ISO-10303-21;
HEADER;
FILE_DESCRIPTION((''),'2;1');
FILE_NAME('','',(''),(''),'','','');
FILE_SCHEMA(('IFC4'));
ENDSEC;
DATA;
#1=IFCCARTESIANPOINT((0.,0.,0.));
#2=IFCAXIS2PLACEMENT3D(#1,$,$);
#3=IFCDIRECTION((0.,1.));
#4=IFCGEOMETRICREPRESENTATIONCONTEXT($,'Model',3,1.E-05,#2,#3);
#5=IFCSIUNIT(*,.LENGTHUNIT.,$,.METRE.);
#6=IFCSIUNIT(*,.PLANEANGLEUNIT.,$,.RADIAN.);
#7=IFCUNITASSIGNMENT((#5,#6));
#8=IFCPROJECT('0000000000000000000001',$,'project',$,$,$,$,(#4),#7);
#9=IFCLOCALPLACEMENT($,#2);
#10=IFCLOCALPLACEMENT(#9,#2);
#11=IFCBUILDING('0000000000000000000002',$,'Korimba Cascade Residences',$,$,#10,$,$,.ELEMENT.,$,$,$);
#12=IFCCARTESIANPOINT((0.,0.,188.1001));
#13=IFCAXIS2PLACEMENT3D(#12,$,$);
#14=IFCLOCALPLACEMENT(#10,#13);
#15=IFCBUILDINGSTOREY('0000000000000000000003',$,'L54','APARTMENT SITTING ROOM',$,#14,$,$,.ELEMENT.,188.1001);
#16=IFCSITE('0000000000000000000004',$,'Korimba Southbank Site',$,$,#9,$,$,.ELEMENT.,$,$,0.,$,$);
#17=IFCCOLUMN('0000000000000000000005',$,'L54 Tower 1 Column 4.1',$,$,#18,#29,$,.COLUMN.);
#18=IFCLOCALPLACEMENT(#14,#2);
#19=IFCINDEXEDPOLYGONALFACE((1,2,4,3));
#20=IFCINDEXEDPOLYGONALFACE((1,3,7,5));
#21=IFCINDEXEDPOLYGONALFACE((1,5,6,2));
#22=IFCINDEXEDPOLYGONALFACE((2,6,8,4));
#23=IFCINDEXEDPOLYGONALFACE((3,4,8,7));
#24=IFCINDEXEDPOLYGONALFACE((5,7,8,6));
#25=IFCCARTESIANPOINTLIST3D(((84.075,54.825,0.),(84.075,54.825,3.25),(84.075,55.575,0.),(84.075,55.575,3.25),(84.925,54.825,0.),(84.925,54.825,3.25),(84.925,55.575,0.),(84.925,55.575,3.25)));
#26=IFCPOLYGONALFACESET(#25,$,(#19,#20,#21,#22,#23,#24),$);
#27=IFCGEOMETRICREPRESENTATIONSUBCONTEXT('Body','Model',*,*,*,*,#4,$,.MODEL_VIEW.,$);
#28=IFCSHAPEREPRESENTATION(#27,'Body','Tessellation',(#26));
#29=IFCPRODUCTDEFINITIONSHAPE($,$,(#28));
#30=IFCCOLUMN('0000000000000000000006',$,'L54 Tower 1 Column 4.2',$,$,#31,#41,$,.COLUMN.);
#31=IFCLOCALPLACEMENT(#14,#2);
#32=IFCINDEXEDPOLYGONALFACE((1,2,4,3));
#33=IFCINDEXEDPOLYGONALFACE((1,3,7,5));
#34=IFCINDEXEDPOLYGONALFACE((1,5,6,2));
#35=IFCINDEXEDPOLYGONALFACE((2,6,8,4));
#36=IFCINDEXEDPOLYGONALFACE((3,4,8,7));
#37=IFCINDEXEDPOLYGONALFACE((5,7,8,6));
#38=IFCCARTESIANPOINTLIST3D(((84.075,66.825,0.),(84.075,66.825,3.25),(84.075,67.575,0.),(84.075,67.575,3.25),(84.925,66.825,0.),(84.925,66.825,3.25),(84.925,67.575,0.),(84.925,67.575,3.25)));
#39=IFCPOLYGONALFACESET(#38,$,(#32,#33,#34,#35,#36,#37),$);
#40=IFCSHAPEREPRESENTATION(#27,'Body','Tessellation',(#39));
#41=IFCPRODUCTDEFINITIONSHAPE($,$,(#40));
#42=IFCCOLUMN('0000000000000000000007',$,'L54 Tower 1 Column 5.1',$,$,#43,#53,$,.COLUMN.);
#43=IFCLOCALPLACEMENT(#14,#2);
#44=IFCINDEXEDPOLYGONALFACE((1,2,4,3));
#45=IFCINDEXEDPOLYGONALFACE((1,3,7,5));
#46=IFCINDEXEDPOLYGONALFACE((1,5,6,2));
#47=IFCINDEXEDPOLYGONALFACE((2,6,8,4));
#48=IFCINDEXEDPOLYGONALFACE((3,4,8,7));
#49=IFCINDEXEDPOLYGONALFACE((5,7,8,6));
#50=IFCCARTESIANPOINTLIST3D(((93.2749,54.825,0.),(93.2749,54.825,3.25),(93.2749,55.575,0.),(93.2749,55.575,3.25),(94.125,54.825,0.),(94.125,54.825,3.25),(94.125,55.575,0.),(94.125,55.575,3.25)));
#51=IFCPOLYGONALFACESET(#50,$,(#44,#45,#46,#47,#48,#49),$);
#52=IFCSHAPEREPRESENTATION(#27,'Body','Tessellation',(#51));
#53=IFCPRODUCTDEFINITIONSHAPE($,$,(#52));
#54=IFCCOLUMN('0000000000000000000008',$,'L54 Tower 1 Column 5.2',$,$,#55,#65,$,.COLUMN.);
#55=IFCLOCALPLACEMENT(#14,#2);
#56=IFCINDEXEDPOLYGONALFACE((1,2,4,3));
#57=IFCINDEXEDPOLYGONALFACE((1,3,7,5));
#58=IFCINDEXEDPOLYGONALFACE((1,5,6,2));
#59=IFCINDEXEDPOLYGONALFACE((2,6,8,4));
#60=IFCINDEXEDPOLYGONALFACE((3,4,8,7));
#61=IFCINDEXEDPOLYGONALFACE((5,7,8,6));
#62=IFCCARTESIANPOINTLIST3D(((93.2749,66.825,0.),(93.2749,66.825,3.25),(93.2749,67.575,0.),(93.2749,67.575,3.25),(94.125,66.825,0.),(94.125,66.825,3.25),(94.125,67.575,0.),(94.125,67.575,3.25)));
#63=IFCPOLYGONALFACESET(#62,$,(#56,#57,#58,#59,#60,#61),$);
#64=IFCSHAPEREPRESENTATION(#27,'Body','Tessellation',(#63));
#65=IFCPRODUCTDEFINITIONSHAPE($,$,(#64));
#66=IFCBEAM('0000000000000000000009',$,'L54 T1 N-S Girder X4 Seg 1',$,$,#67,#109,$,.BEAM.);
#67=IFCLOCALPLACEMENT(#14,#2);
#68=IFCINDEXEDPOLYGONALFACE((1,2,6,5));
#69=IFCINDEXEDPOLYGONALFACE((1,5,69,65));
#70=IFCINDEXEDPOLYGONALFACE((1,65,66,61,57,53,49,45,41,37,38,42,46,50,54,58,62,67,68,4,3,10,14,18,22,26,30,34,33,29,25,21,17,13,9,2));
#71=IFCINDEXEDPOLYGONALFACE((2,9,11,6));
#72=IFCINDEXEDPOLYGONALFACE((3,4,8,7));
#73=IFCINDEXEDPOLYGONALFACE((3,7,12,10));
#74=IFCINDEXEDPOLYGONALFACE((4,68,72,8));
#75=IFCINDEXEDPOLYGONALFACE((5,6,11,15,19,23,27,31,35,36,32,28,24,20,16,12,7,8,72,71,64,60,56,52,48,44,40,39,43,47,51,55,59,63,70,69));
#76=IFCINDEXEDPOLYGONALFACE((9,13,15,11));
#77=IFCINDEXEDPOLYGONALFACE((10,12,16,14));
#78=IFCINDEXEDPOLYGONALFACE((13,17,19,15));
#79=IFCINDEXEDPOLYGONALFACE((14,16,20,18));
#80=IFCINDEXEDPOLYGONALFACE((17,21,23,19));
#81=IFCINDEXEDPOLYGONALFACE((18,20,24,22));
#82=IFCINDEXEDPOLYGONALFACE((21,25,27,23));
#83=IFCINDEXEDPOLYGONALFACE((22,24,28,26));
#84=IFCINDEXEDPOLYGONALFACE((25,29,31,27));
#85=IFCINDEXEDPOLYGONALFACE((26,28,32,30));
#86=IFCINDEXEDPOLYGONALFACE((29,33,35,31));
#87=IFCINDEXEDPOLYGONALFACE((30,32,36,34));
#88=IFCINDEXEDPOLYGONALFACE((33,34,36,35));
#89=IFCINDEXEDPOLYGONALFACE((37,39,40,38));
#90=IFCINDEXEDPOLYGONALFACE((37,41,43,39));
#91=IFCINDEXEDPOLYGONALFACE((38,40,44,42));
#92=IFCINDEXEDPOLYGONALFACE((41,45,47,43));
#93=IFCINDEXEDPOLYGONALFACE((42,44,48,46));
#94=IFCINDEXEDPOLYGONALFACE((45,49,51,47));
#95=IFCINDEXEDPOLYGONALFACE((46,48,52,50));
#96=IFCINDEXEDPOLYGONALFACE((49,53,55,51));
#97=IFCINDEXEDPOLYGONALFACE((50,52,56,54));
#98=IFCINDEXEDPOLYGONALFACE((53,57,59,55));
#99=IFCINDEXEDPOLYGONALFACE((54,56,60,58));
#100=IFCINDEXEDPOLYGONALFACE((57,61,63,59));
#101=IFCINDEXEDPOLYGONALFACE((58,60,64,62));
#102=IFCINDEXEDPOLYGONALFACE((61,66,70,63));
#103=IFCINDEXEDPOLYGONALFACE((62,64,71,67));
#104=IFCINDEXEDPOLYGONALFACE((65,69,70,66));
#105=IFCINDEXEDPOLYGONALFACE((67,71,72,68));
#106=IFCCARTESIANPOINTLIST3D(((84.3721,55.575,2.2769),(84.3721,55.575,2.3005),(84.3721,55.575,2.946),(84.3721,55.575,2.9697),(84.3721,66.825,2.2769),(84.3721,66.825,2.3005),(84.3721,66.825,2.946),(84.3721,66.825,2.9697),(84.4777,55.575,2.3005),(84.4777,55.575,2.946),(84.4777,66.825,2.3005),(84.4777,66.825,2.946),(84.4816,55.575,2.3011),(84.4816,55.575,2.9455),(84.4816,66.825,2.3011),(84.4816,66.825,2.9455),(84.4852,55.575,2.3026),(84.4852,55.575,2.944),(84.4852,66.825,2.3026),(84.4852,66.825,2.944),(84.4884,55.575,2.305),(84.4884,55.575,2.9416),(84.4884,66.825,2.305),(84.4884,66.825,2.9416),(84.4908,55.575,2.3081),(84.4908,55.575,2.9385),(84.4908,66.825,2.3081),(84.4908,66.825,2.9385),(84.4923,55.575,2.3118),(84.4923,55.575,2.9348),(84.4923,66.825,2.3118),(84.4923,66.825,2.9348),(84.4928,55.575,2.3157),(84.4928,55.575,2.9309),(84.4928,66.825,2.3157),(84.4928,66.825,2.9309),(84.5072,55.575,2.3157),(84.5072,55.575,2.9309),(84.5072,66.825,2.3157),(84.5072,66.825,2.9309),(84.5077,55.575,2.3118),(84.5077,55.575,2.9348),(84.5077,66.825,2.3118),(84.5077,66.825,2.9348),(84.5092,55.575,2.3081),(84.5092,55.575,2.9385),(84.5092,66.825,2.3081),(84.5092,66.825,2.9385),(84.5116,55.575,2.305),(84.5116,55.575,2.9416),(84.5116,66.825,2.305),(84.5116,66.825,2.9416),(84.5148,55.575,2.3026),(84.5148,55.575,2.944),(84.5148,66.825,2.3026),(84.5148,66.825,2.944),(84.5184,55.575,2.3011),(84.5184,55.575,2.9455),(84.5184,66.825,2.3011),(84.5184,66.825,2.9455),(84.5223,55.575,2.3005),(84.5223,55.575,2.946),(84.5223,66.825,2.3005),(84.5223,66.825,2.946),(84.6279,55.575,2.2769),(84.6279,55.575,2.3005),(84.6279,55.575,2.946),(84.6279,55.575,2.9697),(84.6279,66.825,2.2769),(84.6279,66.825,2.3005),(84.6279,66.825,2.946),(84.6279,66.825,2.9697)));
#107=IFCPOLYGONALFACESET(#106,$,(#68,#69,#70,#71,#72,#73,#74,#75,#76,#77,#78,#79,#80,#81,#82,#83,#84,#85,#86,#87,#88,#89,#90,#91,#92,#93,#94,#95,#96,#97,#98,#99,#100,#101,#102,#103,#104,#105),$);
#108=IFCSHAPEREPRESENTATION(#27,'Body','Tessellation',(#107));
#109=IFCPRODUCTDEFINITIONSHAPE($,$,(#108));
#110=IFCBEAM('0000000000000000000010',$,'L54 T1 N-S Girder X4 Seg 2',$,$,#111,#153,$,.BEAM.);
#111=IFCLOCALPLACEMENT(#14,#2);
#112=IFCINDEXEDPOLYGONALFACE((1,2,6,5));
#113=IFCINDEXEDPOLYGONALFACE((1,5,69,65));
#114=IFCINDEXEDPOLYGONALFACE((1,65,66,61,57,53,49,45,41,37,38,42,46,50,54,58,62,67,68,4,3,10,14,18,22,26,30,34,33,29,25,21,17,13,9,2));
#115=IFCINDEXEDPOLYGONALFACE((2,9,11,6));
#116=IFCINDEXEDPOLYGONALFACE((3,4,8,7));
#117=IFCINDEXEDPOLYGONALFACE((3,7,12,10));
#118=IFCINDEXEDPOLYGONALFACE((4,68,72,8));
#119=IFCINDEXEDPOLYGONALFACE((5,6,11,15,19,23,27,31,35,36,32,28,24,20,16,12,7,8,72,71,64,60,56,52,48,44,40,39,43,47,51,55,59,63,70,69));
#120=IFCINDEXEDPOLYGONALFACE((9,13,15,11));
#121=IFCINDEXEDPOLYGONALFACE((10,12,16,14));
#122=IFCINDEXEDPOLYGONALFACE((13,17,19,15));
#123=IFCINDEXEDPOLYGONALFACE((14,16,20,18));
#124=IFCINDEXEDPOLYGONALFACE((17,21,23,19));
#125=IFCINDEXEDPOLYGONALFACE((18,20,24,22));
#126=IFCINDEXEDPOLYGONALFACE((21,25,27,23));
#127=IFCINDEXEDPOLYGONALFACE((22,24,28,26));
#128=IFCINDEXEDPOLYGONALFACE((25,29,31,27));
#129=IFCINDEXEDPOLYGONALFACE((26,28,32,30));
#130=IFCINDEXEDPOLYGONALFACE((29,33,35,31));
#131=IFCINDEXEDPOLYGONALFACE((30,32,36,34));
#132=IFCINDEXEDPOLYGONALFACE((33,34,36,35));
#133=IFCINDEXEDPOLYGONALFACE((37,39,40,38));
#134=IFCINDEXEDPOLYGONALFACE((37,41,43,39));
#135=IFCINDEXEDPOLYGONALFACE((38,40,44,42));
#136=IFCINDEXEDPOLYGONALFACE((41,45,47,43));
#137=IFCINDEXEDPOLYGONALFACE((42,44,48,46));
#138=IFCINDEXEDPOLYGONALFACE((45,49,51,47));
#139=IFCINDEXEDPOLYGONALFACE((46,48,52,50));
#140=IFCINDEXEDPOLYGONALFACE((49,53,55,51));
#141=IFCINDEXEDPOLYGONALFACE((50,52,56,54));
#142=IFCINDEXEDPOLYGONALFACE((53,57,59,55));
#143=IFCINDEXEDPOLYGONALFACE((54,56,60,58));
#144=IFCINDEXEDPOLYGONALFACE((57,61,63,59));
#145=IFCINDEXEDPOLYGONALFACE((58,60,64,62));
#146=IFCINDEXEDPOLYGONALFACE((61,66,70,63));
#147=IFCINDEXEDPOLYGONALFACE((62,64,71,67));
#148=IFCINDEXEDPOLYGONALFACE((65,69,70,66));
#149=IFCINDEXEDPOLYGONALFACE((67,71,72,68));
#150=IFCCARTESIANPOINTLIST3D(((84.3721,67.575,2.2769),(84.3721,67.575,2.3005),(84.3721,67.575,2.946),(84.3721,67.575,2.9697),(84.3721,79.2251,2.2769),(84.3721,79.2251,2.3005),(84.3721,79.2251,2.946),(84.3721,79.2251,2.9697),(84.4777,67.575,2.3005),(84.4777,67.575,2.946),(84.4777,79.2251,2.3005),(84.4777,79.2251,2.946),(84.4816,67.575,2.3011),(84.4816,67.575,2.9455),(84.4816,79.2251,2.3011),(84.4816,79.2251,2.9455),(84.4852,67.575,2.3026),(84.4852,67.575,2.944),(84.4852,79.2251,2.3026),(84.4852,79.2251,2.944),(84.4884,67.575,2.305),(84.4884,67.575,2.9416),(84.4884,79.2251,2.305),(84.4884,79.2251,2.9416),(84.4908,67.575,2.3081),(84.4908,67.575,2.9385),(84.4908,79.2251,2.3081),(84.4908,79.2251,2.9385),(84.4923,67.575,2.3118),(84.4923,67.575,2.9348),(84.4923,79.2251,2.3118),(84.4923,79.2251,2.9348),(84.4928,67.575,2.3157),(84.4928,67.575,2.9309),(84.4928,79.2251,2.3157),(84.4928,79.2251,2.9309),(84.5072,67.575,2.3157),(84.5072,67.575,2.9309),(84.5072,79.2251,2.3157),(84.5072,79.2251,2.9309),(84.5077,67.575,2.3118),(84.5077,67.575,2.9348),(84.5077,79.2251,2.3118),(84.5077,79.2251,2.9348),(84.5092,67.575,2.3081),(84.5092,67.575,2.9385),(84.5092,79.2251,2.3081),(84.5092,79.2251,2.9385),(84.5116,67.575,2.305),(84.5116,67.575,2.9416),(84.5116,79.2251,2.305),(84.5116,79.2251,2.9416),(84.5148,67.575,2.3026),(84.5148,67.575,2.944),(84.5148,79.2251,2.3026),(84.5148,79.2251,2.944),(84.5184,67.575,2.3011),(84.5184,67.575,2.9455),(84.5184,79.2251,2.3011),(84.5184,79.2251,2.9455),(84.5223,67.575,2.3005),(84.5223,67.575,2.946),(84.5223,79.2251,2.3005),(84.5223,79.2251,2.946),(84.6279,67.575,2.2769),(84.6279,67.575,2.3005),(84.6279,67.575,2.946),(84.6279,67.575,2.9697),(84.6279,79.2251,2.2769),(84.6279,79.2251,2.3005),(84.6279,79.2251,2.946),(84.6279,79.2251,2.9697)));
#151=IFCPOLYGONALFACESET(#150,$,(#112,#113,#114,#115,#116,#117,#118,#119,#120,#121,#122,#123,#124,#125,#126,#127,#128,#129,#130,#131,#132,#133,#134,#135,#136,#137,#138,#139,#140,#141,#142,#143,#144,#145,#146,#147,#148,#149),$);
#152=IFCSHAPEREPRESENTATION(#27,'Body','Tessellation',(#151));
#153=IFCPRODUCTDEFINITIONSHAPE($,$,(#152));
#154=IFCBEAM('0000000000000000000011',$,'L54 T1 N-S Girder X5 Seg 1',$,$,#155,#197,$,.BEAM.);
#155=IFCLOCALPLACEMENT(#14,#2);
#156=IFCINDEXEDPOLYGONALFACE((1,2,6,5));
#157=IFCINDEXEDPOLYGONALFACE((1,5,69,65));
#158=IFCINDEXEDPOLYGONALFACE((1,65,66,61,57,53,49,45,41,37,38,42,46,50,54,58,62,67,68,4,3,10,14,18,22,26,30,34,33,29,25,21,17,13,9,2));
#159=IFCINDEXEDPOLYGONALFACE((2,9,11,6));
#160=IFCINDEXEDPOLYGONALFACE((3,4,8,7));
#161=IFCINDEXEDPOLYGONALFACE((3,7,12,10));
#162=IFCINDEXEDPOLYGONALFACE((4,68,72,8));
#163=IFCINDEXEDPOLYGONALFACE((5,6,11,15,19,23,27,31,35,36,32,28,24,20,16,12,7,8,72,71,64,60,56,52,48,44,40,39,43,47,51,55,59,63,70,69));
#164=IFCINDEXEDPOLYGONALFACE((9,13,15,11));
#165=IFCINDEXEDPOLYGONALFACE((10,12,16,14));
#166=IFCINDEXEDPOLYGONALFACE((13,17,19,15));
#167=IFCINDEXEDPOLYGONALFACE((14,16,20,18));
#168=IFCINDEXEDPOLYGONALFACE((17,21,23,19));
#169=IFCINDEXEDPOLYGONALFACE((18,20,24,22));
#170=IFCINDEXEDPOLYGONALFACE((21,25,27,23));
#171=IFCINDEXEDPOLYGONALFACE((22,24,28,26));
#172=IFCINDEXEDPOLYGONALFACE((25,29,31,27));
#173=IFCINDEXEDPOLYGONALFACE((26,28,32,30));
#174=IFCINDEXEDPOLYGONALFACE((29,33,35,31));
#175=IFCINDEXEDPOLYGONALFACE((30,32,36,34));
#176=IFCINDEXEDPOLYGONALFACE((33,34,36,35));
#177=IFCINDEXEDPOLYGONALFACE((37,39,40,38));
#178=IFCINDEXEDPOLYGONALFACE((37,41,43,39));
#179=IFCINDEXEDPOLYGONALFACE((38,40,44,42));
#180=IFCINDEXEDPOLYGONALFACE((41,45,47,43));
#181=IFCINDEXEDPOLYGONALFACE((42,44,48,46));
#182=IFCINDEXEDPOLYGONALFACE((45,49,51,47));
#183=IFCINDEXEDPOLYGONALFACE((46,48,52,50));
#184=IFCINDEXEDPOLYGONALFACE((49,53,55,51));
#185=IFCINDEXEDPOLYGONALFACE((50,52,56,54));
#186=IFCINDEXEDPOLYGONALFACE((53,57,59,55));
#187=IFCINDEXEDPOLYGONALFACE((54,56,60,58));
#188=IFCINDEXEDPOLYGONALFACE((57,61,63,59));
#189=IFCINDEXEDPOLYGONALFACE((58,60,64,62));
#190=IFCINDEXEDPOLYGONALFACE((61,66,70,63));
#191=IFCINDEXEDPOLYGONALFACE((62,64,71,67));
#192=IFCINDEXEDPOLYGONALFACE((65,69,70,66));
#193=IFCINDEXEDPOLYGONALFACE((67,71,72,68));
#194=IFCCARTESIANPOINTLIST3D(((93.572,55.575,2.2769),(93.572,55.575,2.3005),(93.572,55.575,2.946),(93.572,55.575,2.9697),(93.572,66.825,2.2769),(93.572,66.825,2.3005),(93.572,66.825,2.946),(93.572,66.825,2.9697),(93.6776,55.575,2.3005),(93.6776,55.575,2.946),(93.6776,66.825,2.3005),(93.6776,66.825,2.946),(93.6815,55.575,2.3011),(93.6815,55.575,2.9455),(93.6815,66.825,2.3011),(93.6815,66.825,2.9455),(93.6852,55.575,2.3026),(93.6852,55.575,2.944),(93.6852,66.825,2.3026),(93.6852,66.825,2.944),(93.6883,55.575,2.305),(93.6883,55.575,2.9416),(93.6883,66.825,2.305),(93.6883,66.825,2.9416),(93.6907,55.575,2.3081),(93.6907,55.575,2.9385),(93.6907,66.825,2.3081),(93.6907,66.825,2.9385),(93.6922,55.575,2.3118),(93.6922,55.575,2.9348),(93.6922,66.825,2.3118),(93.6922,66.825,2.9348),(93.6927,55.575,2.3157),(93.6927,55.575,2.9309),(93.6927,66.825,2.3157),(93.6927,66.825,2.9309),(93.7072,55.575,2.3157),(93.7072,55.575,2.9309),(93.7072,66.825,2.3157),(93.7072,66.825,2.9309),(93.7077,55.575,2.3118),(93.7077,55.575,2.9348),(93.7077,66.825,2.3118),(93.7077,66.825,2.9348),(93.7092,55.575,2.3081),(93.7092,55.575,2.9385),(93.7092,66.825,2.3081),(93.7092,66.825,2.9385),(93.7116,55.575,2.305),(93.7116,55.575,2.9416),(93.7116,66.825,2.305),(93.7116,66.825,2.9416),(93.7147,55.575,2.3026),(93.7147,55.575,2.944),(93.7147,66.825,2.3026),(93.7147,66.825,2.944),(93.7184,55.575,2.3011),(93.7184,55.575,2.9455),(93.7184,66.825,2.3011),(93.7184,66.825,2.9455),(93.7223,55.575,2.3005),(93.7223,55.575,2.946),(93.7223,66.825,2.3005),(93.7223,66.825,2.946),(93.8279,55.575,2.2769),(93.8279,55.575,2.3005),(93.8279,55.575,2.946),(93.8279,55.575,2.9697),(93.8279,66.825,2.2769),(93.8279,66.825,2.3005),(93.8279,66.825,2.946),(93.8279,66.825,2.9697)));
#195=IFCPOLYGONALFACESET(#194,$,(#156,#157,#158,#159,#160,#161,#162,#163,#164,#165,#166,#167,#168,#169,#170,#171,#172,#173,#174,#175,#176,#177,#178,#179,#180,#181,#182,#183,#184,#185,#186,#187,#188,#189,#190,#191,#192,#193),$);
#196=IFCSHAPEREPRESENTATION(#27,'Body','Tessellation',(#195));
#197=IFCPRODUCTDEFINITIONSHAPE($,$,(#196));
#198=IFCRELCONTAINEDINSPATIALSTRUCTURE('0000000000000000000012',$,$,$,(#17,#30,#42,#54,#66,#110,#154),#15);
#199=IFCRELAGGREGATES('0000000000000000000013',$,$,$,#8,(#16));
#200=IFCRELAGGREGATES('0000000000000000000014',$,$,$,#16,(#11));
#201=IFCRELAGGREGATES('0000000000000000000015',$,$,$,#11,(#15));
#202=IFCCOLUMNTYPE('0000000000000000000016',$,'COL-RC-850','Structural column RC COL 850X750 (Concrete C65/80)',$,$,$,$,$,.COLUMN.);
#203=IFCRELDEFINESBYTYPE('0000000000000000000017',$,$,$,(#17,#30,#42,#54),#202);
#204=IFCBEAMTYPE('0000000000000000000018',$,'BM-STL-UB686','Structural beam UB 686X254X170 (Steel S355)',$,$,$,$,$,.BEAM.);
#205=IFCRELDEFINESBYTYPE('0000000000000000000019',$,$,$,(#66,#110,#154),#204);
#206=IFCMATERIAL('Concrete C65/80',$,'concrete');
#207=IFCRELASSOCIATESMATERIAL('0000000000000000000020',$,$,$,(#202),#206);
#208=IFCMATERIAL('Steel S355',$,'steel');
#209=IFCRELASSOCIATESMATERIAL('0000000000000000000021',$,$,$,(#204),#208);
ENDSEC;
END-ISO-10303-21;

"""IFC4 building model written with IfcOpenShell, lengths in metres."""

from ifc_helpers import new_model, si_unit, direction, frame, origin, origin_2d, place, context, subcontext, project, spatial, rectangle, i_section, extrude, material, material_profile, profile_set, type_object, element, save


model = new_model("IFC4")

# Units and contexts
model_context = context("Model", 3, precision=1e-05, world=origin(), true_north=direction((0.0, 1.0)))
body_context = subcontext(model_context, "Body", "Model", "MODEL_VIEW")
ifc_project = project(units=[si_unit("LENGTHUNIT", "METRE"), si_unit("PLANEANGLEUNIT", "RADIAN")], contexts=[model_context])

# Site, building, storey
site_placement = place(None, origin())
site = spatial("IfcSite", under=ifc_project, at=site_placement, Name="Korimba Southbank Site", CompositionType="ELEMENT", RefElevation=0.0)
building_placement = place(site_placement, origin())
building = spatial("IfcBuilding", under=site, at=building_placement, Name="Korimba Cascade Residences", CompositionType="ELEMENT")
storey_placement = place(building_placement, frame((0.0, 0.0, 188.1001)))
storey = spatial("IfcBuildingStorey", under=building, at=storey_placement, Name="L54", Description="APARTMENT SITTING ROOM", CompositionType="ELEMENT", Elevation=188.1001)

# Columns
ifc_material_1 = material(Name="Concrete C65/80", Category="concrete")
ifc_material_profile_1 = material_profile(ifc_material_1, rectangle(XDim=0.8501, YDim=0.75, at=origin_2d()), Name="Concrete C65/80")
ifc_profile_set_1 = profile_set([ifc_material_profile_1], Name="Concrete C65/80")
column_type = type_object("IfcColumnType", Name="COL-RC-850", Description="Structural column RC COL 850X750 (Concrete C65/80)", PredefinedType="COLUMN", material=ifc_profile_set_1)
for number, where, z_axis, x_axis, name in (
    (1, (84.5, 55.2, 0.0), (0.0, 0.0, 1.0), (1.0, 0.0, 0.0), "L54 Tower 1 Column 4.1"),
    (2, (84.5, 67.2, 0.0), (0.0, 0.0, 1.0), (1.0, 0.0, 0.0), "L54 Tower 1 Column 4.2"),
    (3, (93.7, 55.2, 0.0), (0.0, 0.0, 1.0), (1.0, 0.0, 0.0), "L54 Tower 1 Column 5.1"),
    (4, (93.7, 67.2, 0.0), (0.0, 0.0, 1.0), (1.0, 0.0, 0.0), "L54 Tower 1 Column 5.2"),
):
    element("IfcColumn", number, at=place(storey_placement, frame(where, z_axis=z_axis, x_axis=x_axis)), inside=storey, type_object=column_type, Name=name, PredefinedType="COLUMN", context=body_context, shape_type="SweptSolid", body=[
        extrude(rectangle(XDim=0.8501, YDim=0.75, at=origin_2d()), origin(), (0.0, 0.0, 1.0), 3.25),
    ])

# Beams
ifc_material_2 = material(Name="Steel S355", Category="steel")
ifc_material_profile_2 = material_profile(ifc_material_2, i_section(OverallWidth=0.2559, OverallDepth=0.6929, WebThickness=0.0144, FlangeThickness=0.0237, FilletRadius=0.0151, at=origin_2d()), Name="Steel S355")
ifc_profile_set_2 = profile_set([ifc_material_profile_2], Name="Steel S355")
beam_type = type_object("IfcBeamType", Name="BM-STL-UB686", Description="Structural beam UB 686X254X170 (Steel S355)", PredefinedType="BEAM", material=ifc_profile_set_2)
beam_1_placement = place(storey_placement, frame((84.5, 55.575, 2.6233), z_axis=(0.0, 1.0, 0.0), x_axis=(-1.0, 0.0, 0.0)))
element("IfcBeam", 5, at=beam_1_placement, inside=storey, type_object=beam_type, Name="L54 T1 N-S Girder X4 Seg 1", PredefinedType="BEAM", context=body_context, shape_type="SweptSolid", body=[
    extrude(i_section(OverallWidth=0.2559, OverallDepth=0.6929, WebThickness=0.0144, FlangeThickness=0.0237, FilletRadius=0.0151, at=origin_2d()), origin(), (0.0, 0.0, 1.0), 11.25),
])
beam_2_placement = place(storey_placement, frame((84.5, 67.575, 2.6233), z_axis=(0.0, 1.0, 0.0), x_axis=(-1.0, 0.0, 0.0)))
element("IfcBeam", 6, at=beam_2_placement, inside=storey, type_object=beam_type, Name="L54 T1 N-S Girder X4 Seg 2", PredefinedType="BEAM", context=body_context, shape_type="SweptSolid", body=[
    extrude(i_section(OverallWidth=0.2559, OverallDepth=0.6929, WebThickness=0.0144, FlangeThickness=0.0237, FilletRadius=0.0151, at=origin_2d()), origin(), (0.0, 0.0, 1.0), 11.6501),
])
beam_3_placement = place(storey_placement, frame((93.7, 55.575, 2.6233), z_axis=(0.0, 1.0, 0.0), x_axis=(-1.0, 0.0, 0.0)))
element("IfcBeam", 7, at=beam_3_placement, inside=storey, type_object=beam_type, Name="L54 T1 N-S Girder X5 Seg 1", PredefinedType="BEAM", context=body_context, shape_type="SweptSolid", body=[
    extrude(i_section(OverallWidth=0.2559, OverallDepth=0.6929, WebThickness=0.0144, FlangeThickness=0.0237, FilletRadius=0.0151, at=origin_2d()), origin(), (0.0, 0.0, 1.0), 11.25),
])

save(model, "model.ifc")
